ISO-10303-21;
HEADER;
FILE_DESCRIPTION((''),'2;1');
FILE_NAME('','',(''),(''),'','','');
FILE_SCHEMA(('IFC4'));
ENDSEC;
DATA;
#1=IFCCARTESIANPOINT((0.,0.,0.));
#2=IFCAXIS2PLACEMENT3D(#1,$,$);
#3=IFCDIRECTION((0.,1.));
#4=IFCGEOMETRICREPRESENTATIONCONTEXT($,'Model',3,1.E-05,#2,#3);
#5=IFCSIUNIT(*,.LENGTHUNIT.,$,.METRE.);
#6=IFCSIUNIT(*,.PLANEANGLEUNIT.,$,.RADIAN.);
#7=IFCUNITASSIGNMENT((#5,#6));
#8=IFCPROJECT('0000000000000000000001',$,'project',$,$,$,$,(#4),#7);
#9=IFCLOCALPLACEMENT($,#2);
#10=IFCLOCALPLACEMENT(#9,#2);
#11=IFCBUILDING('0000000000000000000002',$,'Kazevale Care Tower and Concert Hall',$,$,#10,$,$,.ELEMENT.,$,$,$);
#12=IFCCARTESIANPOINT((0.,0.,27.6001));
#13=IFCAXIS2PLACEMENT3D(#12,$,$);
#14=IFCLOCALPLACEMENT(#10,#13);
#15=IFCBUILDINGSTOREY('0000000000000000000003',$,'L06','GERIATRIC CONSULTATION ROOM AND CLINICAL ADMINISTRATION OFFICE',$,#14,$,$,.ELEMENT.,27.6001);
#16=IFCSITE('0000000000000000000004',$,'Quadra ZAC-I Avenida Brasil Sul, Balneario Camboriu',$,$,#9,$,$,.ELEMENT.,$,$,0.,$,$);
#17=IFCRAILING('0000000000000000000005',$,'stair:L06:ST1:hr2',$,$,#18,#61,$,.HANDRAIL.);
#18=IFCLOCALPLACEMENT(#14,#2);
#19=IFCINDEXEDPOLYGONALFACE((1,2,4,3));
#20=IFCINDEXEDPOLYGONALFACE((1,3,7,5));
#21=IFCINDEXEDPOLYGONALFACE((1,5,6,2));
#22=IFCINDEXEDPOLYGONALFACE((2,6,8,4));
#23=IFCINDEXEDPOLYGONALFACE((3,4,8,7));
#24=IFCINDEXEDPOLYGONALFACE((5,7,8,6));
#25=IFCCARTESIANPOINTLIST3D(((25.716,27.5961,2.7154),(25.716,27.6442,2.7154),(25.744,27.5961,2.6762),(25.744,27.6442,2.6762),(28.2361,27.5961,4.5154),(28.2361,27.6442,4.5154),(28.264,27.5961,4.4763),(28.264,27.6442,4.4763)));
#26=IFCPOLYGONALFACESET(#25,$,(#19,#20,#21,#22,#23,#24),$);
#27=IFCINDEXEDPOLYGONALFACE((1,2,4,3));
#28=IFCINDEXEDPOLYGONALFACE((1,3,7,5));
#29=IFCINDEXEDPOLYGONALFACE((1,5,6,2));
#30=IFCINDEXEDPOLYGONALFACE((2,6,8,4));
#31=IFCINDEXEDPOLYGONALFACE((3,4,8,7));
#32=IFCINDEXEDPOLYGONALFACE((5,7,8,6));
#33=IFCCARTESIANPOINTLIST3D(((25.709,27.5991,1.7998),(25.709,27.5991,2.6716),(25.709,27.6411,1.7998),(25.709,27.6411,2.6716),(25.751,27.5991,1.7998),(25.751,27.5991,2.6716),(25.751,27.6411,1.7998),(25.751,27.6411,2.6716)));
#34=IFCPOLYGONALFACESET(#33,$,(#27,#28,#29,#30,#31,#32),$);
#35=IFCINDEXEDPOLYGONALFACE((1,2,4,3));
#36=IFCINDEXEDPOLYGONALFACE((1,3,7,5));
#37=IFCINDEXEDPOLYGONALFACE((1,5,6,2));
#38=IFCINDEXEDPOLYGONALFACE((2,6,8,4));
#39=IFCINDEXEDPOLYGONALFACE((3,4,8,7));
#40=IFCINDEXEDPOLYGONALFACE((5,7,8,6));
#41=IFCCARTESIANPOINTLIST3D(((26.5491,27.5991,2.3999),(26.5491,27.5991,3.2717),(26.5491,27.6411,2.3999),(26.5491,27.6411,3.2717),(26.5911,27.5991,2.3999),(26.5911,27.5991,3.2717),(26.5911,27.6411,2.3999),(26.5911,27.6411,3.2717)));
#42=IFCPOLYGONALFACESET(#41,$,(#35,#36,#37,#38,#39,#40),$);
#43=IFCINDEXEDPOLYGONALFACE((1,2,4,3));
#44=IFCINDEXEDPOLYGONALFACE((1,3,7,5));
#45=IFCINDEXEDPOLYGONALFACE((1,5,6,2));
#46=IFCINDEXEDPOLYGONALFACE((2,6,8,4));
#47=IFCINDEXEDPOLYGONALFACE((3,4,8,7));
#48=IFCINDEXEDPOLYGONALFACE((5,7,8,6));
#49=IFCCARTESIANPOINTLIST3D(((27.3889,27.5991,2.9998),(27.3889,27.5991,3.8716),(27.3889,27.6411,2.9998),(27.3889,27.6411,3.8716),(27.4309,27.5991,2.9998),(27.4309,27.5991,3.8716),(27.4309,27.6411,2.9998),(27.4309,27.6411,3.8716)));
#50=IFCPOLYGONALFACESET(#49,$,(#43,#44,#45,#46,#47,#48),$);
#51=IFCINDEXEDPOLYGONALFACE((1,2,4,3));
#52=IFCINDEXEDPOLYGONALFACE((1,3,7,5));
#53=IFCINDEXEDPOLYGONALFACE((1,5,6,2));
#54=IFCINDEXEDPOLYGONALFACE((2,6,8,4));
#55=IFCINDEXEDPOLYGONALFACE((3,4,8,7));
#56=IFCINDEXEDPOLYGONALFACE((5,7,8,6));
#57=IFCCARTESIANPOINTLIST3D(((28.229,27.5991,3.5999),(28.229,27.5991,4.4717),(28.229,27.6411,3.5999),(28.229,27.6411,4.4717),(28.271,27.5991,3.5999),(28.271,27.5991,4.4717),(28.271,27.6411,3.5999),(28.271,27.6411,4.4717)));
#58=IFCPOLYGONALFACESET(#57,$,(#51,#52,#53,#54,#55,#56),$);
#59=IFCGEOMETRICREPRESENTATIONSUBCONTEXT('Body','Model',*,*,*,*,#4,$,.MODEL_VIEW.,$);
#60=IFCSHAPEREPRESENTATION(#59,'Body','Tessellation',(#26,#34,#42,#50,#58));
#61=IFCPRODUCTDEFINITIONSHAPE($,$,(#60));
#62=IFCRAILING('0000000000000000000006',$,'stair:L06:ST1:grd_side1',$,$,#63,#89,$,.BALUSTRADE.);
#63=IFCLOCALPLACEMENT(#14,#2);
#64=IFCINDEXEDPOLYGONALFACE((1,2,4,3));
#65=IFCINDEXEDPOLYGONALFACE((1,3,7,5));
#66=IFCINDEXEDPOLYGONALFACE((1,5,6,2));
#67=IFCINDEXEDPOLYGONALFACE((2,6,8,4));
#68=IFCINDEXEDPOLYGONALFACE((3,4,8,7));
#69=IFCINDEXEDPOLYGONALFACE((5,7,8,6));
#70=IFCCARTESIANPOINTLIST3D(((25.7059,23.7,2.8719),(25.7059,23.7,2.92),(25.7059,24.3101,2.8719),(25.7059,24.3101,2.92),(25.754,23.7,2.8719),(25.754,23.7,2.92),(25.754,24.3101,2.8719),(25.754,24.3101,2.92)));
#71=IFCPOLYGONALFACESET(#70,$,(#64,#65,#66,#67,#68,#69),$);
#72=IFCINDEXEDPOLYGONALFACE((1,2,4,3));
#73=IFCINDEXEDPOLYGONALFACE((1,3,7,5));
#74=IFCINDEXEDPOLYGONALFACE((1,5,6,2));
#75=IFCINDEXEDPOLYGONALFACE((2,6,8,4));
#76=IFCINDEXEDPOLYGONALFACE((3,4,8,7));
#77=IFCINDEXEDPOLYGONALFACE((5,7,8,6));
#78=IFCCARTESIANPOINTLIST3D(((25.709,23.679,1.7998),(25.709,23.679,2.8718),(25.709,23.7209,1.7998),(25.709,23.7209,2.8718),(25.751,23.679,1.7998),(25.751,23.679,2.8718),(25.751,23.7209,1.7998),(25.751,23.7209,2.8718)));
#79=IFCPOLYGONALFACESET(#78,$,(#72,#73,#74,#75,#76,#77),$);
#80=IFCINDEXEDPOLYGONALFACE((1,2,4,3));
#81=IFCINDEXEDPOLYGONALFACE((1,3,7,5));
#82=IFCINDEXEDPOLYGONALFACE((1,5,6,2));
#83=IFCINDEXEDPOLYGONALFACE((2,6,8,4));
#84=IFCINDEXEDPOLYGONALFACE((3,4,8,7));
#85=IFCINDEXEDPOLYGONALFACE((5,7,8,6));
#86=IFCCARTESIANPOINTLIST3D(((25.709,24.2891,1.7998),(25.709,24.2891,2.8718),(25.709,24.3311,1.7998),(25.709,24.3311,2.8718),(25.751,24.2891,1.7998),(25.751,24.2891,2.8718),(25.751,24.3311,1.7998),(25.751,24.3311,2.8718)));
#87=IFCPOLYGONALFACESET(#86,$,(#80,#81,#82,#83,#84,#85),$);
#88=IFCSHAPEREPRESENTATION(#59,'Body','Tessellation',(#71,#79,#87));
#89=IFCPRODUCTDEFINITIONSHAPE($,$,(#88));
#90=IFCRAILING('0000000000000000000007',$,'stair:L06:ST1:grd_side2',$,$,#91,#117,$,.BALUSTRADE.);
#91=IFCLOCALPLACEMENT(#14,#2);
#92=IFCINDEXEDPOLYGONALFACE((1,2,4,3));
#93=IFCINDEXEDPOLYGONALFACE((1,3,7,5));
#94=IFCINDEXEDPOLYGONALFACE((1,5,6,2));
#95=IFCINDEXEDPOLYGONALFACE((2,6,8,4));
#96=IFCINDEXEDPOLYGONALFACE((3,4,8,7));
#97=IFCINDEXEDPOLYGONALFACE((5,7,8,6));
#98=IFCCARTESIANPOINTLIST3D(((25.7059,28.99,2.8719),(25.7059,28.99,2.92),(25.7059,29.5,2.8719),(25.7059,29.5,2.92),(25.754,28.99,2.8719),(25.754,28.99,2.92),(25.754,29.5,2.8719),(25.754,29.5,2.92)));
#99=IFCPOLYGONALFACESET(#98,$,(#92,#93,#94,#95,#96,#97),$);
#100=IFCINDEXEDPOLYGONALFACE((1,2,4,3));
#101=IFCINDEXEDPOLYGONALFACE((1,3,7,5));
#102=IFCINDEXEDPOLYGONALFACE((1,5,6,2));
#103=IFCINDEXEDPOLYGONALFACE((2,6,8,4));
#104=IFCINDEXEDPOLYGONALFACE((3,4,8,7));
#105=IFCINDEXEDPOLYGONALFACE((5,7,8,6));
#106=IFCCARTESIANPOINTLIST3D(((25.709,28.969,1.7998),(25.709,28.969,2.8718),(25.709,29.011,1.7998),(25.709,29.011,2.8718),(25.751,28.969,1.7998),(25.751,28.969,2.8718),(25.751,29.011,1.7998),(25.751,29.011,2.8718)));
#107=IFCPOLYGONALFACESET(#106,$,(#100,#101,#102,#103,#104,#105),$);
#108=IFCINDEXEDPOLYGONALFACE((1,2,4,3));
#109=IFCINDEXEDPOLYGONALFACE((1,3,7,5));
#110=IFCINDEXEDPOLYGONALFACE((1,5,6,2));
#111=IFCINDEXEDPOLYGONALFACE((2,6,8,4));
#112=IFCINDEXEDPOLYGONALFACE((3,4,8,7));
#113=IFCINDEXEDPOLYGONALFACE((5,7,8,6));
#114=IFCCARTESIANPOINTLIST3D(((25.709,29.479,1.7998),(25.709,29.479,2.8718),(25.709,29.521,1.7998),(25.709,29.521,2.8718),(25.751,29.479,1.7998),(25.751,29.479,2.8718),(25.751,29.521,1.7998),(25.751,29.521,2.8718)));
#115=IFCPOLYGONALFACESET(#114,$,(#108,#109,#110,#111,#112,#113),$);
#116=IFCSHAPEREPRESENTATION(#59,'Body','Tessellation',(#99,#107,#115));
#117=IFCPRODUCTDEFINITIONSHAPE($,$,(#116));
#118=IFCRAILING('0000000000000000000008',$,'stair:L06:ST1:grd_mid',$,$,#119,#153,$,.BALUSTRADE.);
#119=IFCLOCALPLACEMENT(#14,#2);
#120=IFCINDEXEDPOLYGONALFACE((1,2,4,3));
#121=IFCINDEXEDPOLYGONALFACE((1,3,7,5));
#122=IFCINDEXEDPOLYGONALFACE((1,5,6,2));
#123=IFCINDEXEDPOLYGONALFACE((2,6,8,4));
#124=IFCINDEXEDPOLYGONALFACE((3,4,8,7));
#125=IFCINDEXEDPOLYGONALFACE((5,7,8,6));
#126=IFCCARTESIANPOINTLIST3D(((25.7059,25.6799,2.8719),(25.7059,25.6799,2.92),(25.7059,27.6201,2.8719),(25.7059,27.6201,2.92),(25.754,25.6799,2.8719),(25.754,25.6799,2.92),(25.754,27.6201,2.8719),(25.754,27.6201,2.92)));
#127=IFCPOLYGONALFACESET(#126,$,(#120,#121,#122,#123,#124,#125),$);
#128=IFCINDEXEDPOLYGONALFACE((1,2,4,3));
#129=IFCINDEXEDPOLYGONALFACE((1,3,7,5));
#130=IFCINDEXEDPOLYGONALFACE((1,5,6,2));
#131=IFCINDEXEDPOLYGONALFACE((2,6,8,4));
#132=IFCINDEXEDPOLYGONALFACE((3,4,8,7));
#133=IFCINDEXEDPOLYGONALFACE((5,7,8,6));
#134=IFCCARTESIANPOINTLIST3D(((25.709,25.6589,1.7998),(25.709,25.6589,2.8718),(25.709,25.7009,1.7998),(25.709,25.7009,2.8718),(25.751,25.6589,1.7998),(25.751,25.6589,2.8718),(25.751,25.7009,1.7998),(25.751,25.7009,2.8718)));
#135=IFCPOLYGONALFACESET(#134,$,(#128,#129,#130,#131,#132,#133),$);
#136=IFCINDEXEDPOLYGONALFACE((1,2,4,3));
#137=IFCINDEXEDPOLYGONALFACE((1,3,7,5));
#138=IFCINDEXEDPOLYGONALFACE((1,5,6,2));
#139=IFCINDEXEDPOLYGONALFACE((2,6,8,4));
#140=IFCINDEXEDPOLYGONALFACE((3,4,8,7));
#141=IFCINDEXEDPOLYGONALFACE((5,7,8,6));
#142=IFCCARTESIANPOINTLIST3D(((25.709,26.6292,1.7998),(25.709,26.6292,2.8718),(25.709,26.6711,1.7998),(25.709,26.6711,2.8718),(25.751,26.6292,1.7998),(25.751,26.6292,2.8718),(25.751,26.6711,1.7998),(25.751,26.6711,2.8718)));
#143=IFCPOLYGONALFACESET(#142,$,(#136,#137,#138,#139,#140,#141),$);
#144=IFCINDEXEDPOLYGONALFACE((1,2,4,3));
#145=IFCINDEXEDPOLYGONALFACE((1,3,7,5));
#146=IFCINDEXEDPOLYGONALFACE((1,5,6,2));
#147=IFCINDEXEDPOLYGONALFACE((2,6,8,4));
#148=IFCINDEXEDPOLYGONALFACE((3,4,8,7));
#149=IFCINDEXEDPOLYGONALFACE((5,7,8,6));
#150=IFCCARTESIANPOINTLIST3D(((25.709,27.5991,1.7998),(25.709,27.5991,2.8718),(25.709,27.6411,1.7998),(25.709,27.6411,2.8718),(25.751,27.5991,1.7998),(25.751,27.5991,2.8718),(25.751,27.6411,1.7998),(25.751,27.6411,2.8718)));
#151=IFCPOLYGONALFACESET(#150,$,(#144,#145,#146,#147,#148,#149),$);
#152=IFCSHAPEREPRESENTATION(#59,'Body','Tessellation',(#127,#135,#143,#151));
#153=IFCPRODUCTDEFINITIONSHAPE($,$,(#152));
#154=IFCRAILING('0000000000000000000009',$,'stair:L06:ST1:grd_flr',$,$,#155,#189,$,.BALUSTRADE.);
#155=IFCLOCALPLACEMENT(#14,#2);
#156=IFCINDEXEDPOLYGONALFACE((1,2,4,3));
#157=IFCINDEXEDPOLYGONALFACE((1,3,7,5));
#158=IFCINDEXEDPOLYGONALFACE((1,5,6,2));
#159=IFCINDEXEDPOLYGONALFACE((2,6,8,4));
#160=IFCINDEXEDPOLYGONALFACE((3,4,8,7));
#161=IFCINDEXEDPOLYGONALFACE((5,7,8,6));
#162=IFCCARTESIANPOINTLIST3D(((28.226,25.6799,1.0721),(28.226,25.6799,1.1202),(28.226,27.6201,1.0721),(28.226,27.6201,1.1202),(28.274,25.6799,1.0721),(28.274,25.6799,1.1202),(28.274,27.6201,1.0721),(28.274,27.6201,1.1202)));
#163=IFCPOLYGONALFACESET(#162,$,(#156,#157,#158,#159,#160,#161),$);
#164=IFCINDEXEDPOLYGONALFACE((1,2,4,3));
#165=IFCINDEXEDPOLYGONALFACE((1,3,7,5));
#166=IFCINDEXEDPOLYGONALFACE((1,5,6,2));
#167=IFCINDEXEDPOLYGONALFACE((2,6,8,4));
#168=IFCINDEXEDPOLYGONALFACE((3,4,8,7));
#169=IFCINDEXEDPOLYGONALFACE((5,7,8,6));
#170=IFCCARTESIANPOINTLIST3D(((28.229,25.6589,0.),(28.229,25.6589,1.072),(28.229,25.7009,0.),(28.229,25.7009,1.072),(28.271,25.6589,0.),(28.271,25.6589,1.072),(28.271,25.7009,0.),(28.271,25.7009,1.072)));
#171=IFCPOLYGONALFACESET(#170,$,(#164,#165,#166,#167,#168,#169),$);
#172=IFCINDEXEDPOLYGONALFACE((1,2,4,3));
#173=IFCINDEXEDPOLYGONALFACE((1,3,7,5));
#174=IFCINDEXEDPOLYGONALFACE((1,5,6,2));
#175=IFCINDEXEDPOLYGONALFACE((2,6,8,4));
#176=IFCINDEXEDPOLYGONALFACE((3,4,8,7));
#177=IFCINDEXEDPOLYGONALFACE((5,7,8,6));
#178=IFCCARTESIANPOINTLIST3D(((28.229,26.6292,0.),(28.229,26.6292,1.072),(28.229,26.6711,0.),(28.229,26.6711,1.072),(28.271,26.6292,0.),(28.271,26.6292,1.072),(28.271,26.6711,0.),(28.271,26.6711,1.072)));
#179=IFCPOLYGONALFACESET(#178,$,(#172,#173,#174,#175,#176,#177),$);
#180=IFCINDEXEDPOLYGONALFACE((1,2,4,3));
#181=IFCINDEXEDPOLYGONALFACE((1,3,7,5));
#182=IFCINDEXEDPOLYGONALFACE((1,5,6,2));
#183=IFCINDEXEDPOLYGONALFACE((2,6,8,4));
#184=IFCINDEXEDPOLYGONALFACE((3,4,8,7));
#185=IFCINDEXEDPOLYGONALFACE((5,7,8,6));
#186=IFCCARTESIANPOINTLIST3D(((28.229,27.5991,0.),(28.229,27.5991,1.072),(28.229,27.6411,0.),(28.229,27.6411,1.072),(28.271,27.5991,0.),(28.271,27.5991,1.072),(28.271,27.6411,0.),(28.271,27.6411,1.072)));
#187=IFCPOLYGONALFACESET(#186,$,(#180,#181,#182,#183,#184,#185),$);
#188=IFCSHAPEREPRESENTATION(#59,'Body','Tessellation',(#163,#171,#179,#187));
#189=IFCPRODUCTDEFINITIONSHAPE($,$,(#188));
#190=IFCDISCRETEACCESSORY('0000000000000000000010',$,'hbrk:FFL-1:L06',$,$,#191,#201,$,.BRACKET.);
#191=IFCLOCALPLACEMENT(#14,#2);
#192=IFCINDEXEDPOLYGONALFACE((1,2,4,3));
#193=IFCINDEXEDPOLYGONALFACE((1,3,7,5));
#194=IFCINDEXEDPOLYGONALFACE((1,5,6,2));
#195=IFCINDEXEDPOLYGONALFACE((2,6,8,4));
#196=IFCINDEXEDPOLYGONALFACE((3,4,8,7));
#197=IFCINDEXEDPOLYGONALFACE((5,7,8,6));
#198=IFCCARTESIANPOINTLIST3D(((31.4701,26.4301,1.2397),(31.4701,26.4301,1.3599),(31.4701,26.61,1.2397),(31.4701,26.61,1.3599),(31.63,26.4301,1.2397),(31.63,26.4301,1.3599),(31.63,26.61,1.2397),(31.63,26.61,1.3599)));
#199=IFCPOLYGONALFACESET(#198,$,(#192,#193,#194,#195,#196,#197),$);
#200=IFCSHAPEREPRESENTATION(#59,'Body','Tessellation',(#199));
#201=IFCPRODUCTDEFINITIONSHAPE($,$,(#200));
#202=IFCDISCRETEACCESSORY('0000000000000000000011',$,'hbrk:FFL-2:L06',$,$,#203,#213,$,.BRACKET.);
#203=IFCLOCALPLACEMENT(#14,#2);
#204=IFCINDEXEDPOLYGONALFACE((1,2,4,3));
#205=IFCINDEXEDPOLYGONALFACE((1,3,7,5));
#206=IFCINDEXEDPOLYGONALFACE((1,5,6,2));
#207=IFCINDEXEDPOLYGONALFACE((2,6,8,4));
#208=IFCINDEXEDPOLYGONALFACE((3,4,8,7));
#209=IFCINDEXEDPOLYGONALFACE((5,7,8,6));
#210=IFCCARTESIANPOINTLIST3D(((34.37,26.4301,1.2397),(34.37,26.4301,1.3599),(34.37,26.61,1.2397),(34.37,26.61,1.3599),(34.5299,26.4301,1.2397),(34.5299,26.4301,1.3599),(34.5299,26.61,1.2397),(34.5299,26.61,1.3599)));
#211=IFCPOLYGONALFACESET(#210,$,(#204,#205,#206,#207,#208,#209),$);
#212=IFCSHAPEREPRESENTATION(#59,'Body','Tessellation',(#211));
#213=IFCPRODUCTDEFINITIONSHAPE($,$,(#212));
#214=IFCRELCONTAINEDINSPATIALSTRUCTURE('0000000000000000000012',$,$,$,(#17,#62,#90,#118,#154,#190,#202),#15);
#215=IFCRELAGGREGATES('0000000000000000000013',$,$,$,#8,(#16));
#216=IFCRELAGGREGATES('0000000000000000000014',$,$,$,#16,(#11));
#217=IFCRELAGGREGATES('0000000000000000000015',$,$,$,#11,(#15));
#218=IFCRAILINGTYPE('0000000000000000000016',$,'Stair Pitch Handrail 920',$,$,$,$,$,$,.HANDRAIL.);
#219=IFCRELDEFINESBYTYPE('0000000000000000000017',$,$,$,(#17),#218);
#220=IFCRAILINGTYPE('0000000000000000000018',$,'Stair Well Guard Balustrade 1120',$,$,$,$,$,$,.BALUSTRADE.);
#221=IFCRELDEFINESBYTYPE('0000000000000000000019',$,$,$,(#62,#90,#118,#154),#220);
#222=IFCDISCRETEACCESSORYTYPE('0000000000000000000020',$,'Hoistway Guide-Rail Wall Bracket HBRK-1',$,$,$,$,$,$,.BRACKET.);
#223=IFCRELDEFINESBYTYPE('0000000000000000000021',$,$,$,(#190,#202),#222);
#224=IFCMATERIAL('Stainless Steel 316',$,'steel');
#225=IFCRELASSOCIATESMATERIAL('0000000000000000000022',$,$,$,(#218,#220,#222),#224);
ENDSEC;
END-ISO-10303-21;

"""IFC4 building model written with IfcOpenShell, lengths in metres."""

from ifc_helpers import new_model, si_unit, direction, frame, origin, origin_2d, place, context, subcontext, project, spatial, rectangle, extrude, material, type_object, element, save


model = new_model("IFC4")

# Units and contexts
model_context = context("Model", 3, precision=1e-05, world=origin(), true_north=direction((0.0, 1.0)))
body_context = subcontext(model_context, "Body", "Model", "MODEL_VIEW")
ifc_project = project(units=[si_unit("LENGTHUNIT", "METRE"), si_unit("PLANEANGLEUNIT", "RADIAN")], contexts=[model_context])

# Site, building, storey
site_placement = place(None, origin())
site = spatial("IfcSite", under=ifc_project, at=site_placement, Name="Quadra ZAC-I Avenida Brasil Sul, Balneario Camboriu", CompositionType="ELEMENT", RefElevation=0.0)
building_placement = place(site_placement, origin())
building = spatial("IfcBuilding", under=site, at=building_placement, Name="Kazevale Care Tower and Concert Hall", CompositionType="ELEMENT")
storey_placement = place(building_placement, frame((0.0, 0.0, 27.6001)))
storey = spatial("IfcBuildingStorey", under=building, at=storey_placement, Name="L06", Description="GERIATRIC CONSULTATION ROOM AND CLINICAL ADMINISTRATION OFFICE", CompositionType="ELEMENT", Elevation=27.6001)

# Shared definitions
ifc_material_1 = material(Name="Stainless Steel 316", Category="steel")

# Railings
railing_type_1 = type_object("IfcRailingType", Name="Stair Pitch Handrail 920", PredefinedType="HANDRAIL", material=ifc_material_1)
railing_1_placement = place(storey_placement, frame((25.73, 27.6201, 1.7998)))
element("IfcRailing", 1, at=railing_1_placement, inside=storey, type_object=railing_type_1, Name="stair:L06:ST1:hr2", PredefinedType="HANDRAIL", context=body_context, shape_type="SweptSolid", body=[
    extrude(rectangle(XDim=0.0481, YDim=0.0481, at=origin_2d()), frame((0.0, 0.0, 0.896), z_axis=(0.813728, 0.0, 0.581246), x_axis=(0.0, 1.0, 0.0)), (0.0, 0.0, 1.0), 3.0969),
    extrude(rectangle(XDim=0.042, YDim=0.042, at=origin_2d()), origin(), (0.0, 0.0, 1.0), 0.8718),
    extrude(rectangle(XDim=0.042, YDim=0.042, at=origin_2d()), frame((0.8401, 0.0, 0.6001)), (0.0, 0.0, 1.0), 0.8718),
    extrude(rectangle(XDim=0.042, YDim=0.042, at=origin_2d()), frame((1.6799, 0.0, 1.2)), (0.0, 0.0, 1.0), 0.8718),
    extrude(rectangle(XDim=0.042, YDim=0.042, at=origin_2d()), frame((2.52, 0.0, 1.8)), (0.0, 0.0, 1.0), 0.8718),
])
railing_type_2 = type_object("IfcRailingType", Name="Stair Well Guard Balustrade 1120", PredefinedType="BALUSTRADE", material=ifc_material_1)
railing_2_placement = place(storey_placement, frame((25.73, 23.7, 1.7998)))
element("IfcRailing", 2, at=railing_2_placement, inside=storey, type_object=railing_type_2, Name="stair:L06:ST1:grd_side1", PredefinedType="BALUSTRADE", context=body_context, shape_type="SweptSolid", body=[
    extrude(rectangle(XDim=0.0481, YDim=0.0481, at=origin_2d()), frame((0.0, 0.0, 1.0962), z_axis=(0.0, 1.0, 0.0), x_axis=(-1.0, 0.0, 0.0)), (0.0, 0.0, 1.0), 0.6101),
    extrude(rectangle(XDim=0.042, YDim=0.042, at=origin_2d()), origin(), (0.0, 0.0, 1.0), 1.072),
    extrude(rectangle(XDim=0.042, YDim=0.042, at=origin_2d()), frame((0.0, 0.6101, 0.0)), (0.0, 0.0, 1.0), 1.072),
])
railing_3_placement = place(storey_placement, frame((25.73, 28.99, 1.7998)))
element("IfcRailing", 3, at=railing_3_placement, inside=storey, type_object=railing_type_2, Name="stair:L06:ST1:grd_side2", PredefinedType="BALUSTRADE", context=body_context, shape_type="SweptSolid", body=[
    extrude(rectangle(XDim=0.0481, YDim=0.0481, at=origin_2d()), frame((0.0, 0.0, 1.0962), z_axis=(0.0, 1.0, 0.0), x_axis=(-1.0, 0.0, 0.0)), (0.0, 0.0, 1.0), 0.51),
    extrude(rectangle(XDim=0.042, YDim=0.042, at=origin_2d()), origin(), (0.0, 0.0, 1.0), 1.072),
    extrude(rectangle(XDim=0.042, YDim=0.042, at=origin_2d()), frame((0.0, 0.51, 0.0)), (0.0, 0.0, 1.0), 1.072),
])
for number, where, name in (
    (4, (25.73, 25.6799, 1.7998), "stair:L06:ST1:grd_mid"),
    (5, (28.25, 25.6799, 0.0), "stair:L06:ST1:grd_flr"),
):
    element("IfcRailing", number, at=place(storey_placement, frame(where)), inside=storey, type_object=railing_type_2, Name=name, PredefinedType="BALUSTRADE", context=body_context, shape_type="SweptSolid", body=[
        extrude(rectangle(XDim=0.0481, YDim=0.0481, at=origin_2d()), frame((0.0, 0.0, 1.0962), z_axis=(0.0, 1.0, 0.0), x_axis=(-1.0, 0.0, 0.0)), (0.0, 0.0, 1.0), 1.9402),
        extrude(rectangle(XDim=0.042, YDim=0.042, at=origin_2d()), origin(), (0.0, 0.0, 1.0), 1.072),
        extrude(rectangle(XDim=0.042, YDim=0.042, at=origin_2d()), frame((0.0, 0.9702, 0.0)), (0.0, 0.0, 1.0), 1.072),
        extrude(rectangle(XDim=0.042, YDim=0.042, at=origin_2d()), frame((0.0, 1.9402, 0.0)), (0.0, 0.0, 1.0), 1.072),
    ])

# Discrete accessories
discrete_accessory_type = type_object("IfcDiscreteAccessoryType", Name="Hoistway Guide-Rail Wall Bracket HBRK-1", PredefinedType="BRACKET", material=ifc_material_1)
for number, where, z_axis, x_axis, name in (
    (6, (31.55, 26.52, 1.2397), (0.0, 0.0, 1.0), (1.0, 0.0, 0.0), "hbrk:FFL-1:L06"),
    (7, (34.45, 26.52, 1.2397), (0.0, 0.0, 1.0), (1.0, 0.0, 0.0), "hbrk:FFL-2:L06"),
):
    element("IfcDiscreteAccessory", number, at=place(storey_placement, frame(where, z_axis=z_axis, x_axis=x_axis)), inside=storey, type_object=discrete_accessory_type, Name=name, PredefinedType="BRACKET", context=body_context, shape_type="SweptSolid", body=[
        extrude(rectangle(XDim=0.1599, YDim=0.1799, at=origin_2d()), origin(), (0.0, 0.0, 1.0), 0.1201),
    ])

save(model, "model.ifc")
